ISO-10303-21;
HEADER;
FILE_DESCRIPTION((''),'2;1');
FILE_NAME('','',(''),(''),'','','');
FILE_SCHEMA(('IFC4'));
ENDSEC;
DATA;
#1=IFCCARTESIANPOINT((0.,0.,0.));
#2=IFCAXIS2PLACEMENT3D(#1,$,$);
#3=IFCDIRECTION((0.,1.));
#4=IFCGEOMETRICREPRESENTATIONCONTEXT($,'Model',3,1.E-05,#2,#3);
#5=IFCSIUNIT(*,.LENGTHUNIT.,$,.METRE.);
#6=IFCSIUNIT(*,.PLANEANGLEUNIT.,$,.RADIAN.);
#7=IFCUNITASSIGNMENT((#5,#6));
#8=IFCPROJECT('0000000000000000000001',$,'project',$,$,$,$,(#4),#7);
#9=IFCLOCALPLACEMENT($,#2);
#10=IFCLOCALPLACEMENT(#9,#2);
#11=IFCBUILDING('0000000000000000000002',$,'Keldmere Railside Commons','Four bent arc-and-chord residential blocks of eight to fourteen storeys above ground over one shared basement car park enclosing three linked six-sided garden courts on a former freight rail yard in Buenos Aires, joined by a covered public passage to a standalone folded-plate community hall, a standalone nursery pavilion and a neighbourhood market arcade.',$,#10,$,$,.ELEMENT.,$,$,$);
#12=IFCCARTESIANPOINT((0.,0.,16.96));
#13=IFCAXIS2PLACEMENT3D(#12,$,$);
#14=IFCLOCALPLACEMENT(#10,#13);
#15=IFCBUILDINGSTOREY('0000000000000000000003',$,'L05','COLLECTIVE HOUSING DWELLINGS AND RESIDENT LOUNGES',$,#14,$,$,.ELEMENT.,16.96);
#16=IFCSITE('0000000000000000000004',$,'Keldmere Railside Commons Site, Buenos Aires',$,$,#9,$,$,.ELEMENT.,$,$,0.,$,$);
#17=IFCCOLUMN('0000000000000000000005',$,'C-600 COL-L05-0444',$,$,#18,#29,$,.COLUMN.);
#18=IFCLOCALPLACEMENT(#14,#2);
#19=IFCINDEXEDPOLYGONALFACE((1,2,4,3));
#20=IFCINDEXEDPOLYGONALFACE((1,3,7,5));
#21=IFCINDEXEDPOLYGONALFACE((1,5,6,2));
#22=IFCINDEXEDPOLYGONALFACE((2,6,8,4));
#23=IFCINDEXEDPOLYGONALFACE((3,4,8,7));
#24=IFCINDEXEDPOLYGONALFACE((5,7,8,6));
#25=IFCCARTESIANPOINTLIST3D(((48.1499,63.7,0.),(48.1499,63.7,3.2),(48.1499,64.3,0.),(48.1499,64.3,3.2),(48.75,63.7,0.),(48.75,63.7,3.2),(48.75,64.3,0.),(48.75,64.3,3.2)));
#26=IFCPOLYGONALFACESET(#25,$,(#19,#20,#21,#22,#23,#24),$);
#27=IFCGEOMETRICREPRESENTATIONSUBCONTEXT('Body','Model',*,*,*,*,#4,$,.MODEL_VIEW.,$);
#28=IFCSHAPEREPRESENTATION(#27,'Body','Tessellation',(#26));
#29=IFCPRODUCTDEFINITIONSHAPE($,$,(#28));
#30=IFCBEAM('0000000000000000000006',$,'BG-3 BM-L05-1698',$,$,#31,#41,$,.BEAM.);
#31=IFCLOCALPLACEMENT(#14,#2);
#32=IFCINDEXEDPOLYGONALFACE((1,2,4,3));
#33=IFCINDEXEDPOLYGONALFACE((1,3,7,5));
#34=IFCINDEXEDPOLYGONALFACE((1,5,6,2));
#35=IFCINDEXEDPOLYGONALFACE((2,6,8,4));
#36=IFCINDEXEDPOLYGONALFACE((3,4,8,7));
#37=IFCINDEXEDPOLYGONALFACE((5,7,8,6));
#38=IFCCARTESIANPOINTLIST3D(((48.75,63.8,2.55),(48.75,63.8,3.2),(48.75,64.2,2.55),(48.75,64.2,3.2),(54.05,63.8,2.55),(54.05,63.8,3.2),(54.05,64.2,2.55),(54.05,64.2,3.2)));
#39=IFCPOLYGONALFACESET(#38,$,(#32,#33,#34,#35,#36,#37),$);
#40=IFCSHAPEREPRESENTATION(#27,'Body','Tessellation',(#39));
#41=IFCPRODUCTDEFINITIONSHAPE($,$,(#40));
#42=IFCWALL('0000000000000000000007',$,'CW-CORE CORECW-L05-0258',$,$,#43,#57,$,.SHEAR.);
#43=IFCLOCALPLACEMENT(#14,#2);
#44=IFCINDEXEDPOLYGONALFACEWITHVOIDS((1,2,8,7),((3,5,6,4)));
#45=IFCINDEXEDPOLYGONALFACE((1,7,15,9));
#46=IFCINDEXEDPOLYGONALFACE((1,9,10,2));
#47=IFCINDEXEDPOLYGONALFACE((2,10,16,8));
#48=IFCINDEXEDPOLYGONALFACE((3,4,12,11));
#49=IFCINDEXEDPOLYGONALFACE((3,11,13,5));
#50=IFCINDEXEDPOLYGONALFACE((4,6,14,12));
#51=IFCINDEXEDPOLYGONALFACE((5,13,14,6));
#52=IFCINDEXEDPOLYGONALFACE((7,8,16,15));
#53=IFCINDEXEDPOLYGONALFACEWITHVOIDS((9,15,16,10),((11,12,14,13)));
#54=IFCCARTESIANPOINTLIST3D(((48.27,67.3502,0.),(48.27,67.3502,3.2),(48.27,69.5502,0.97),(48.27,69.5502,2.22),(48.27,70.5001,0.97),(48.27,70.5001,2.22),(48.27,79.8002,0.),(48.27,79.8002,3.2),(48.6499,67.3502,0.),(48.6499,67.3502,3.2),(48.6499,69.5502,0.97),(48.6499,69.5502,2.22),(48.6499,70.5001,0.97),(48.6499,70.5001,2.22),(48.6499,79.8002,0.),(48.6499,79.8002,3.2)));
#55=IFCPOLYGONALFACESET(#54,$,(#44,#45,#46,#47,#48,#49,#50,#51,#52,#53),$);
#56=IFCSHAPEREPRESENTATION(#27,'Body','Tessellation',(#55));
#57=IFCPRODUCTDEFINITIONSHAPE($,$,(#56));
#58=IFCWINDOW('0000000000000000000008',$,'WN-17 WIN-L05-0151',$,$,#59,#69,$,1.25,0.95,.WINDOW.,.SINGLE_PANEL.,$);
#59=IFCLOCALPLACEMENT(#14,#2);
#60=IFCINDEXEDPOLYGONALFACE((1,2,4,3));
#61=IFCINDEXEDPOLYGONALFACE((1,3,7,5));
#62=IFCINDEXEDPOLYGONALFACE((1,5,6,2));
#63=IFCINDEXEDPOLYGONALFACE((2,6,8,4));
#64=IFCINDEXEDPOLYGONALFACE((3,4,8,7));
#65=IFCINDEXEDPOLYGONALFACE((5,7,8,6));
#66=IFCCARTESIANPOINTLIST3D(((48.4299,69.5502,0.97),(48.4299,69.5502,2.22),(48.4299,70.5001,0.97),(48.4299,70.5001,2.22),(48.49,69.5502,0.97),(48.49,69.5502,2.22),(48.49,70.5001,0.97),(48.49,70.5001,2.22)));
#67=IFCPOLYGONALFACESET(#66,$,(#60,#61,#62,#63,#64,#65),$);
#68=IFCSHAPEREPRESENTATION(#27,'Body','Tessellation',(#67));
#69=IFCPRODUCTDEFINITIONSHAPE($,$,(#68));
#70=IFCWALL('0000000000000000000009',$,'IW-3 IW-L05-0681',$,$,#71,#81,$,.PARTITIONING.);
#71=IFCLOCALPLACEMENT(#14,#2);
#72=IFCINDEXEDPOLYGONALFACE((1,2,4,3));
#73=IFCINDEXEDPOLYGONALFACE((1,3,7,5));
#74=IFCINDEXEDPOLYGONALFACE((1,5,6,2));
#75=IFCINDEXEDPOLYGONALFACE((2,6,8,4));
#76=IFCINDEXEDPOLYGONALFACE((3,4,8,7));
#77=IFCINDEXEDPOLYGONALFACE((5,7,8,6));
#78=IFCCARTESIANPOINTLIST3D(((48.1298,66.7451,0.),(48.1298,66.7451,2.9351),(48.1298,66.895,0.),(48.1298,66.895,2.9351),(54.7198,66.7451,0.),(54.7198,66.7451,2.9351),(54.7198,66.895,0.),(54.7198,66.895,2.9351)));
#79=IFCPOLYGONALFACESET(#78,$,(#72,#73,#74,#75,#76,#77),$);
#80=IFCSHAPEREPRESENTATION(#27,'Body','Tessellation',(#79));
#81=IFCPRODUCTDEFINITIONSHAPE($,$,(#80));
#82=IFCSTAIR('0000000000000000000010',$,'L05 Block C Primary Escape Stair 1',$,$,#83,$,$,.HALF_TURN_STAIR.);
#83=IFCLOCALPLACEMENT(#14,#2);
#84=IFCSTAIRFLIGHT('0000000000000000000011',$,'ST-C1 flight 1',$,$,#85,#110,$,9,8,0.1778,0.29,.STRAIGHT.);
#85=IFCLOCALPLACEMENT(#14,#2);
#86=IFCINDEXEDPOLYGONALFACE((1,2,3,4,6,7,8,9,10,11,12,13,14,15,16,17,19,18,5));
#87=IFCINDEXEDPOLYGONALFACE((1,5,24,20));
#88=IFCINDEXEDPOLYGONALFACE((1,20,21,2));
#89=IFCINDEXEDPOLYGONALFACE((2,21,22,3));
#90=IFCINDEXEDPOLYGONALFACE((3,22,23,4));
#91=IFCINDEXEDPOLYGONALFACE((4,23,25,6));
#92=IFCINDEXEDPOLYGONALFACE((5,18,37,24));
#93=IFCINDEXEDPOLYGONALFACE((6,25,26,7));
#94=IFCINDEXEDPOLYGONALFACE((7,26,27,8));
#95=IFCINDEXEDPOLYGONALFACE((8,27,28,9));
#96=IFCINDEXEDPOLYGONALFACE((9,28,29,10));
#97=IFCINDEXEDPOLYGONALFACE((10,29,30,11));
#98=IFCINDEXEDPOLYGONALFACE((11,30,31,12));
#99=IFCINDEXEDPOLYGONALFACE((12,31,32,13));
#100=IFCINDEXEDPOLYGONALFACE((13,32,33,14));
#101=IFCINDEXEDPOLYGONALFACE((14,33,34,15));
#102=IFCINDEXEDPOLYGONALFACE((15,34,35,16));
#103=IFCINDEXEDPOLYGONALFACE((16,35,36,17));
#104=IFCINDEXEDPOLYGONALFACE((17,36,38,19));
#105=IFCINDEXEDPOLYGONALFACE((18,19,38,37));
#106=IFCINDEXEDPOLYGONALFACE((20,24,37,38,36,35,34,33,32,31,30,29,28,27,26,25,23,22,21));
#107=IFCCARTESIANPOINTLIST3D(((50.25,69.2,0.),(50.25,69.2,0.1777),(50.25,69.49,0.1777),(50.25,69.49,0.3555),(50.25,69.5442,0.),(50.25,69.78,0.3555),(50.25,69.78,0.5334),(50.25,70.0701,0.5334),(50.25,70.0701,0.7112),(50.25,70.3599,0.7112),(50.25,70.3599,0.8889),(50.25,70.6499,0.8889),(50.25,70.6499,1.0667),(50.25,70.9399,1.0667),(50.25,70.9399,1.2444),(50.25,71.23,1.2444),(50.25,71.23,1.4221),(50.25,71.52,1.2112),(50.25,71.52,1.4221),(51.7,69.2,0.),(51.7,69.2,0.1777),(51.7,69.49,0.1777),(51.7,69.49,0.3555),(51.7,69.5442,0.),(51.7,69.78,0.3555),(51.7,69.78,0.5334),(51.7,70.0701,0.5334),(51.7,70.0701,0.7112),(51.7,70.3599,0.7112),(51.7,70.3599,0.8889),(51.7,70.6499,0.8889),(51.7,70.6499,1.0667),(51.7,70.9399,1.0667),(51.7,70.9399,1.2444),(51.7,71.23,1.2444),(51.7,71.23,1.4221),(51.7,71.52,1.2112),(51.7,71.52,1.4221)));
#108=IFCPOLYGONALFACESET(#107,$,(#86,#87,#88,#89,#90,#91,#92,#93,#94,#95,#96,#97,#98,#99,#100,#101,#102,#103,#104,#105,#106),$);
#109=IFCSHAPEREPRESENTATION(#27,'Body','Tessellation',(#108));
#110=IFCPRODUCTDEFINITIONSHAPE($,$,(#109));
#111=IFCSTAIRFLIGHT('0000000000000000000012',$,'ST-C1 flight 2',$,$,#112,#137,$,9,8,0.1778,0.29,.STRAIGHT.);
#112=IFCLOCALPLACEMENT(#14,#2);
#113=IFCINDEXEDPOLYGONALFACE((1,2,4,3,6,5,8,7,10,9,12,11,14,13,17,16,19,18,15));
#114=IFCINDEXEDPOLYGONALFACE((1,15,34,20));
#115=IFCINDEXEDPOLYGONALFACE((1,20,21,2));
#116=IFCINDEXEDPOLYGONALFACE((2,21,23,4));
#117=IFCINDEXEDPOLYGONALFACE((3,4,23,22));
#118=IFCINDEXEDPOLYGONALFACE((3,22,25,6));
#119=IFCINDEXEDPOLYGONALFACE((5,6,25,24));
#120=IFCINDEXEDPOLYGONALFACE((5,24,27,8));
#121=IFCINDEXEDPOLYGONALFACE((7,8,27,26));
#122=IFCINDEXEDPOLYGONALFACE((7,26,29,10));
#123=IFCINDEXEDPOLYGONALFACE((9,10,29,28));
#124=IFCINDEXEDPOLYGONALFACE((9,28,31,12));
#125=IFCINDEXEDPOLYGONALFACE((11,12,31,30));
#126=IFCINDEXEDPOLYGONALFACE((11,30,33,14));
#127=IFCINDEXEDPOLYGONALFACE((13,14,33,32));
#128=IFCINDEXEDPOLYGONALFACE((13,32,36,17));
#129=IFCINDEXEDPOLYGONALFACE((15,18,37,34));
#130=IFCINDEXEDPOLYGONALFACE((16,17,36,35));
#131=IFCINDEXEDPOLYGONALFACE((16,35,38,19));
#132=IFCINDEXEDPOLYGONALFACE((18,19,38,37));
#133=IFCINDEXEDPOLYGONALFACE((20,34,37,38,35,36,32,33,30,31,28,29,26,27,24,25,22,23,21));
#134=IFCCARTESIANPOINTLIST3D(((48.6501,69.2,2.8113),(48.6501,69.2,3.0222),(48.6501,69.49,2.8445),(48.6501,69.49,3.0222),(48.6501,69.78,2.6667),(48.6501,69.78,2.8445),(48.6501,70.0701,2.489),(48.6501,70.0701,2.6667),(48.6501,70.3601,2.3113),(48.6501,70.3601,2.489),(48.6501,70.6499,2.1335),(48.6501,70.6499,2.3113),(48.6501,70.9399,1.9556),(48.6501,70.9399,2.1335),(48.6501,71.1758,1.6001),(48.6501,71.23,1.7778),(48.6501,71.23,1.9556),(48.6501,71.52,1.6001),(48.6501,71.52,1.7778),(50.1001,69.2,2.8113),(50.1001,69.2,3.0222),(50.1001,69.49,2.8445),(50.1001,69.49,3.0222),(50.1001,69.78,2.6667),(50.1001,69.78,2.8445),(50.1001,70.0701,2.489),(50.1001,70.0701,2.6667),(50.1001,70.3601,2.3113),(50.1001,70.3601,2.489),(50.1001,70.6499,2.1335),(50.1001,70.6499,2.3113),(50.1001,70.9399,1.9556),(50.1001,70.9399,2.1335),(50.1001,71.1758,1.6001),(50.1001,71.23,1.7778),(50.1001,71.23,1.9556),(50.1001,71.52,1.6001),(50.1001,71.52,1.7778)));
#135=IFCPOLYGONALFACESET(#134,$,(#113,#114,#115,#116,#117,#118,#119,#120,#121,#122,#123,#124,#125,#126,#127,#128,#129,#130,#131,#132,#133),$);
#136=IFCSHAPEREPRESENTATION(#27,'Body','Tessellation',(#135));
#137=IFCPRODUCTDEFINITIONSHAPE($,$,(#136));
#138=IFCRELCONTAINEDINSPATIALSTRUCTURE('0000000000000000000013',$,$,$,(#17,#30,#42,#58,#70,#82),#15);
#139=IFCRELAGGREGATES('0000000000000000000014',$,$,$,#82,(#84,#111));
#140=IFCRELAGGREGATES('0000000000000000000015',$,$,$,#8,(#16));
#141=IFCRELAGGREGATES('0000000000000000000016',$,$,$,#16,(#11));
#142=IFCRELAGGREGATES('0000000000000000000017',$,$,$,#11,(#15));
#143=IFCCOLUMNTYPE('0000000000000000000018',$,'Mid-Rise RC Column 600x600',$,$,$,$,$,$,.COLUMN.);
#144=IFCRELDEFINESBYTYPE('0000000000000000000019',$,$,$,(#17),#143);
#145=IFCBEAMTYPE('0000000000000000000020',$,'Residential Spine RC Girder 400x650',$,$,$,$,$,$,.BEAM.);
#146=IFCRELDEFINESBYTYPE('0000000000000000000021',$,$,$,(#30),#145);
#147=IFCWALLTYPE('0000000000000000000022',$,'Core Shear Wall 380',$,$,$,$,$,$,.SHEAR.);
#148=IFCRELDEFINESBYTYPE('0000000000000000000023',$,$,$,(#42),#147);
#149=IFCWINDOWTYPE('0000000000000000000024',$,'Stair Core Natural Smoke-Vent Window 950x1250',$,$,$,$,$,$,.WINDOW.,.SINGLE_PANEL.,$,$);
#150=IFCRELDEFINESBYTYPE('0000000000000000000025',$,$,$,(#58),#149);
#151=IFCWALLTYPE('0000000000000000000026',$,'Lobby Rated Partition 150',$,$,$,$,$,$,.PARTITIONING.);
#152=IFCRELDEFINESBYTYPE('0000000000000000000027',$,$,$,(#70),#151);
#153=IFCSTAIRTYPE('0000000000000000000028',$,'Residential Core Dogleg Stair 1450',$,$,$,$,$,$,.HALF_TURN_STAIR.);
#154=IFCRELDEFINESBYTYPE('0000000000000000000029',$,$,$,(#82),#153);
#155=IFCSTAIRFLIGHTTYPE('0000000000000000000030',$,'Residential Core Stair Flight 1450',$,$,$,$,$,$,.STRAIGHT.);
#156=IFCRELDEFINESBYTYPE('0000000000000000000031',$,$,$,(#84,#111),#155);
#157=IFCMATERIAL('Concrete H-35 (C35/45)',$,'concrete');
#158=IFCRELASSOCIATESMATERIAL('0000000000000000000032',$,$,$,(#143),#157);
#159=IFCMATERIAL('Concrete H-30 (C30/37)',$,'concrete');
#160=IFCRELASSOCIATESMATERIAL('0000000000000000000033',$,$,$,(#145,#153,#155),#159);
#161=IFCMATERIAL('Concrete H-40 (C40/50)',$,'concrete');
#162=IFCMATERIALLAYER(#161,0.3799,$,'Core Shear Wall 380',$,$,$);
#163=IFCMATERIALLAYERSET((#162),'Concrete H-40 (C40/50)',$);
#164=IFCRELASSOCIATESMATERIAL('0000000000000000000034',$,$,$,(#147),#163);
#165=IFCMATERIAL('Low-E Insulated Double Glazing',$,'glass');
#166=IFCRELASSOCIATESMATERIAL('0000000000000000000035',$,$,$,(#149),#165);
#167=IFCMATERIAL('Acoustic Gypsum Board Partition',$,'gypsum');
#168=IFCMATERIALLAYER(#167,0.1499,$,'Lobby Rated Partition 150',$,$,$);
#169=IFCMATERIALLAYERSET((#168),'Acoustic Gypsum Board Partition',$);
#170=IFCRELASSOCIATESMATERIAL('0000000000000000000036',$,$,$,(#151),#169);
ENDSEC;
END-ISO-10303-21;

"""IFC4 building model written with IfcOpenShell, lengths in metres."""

from ifc_helpers import new_model, si_unit, direction, frame, frame_2d, origin, origin_2d, place, context, subcontext, project, spatial, polyline, rectangle, outline, extrude, material, layer, layer_set, material_profile, profile_set, type_object, element, fill, aggregate, save


model = new_model("IFC4")

# Units and contexts
model_context = context("Model", 3, precision=1e-05, world=origin(), true_north=direction((0.0, 1.0)))
body_context = subcontext(model_context, "Body", "Model", "MODEL_VIEW")
ifc_project = project(units=[si_unit("LENGTHUNIT", "METRE"), si_unit("PLANEANGLEUNIT", "RADIAN")], contexts=[model_context])

# Site, building, storey
site_placement = place(None, origin())
site = spatial("IfcSite", under=ifc_project, at=site_placement, Name="Keldmere Railside Commons Site, Buenos Aires", CompositionType="ELEMENT", RefElevation=0.0)
building_placement = place(site_placement, origin())
building = spatial("IfcBuilding", under=site, at=building_placement, Name="Keldmere Railside Commons", Description="Four bent arc-and-chord residential blocks of eight to fourteen storeys above ground over one shared basement car park enclosing three linked six-sided garden courts on a former freight rail yard in Buenos Aires, joined by a covered public passage to a standalone folded-plate community hall, a standalone nursery pavilion and a neighbourhood market arcade.", CompositionType="ELEMENT")
storey_placement = place(building_placement, frame((0.0, 0.0, 16.96)))
storey = spatial("IfcBuildingStorey", under=building, at=storey_placement, Name="L05", Description="COLLECTIVE HOUSING DWELLINGS AND RESIDENT LOUNGES", CompositionType="ELEMENT", Elevation=16.96)

# Column
ifc_material_1 = material(Name="Concrete H-35 (C35/45)", Category="concrete")
ifc_material_profile_1 = material_profile(ifc_material_1, rectangle(XDim=0.6001, YDim=0.6001, at=origin_2d()), Name="RC-600x600")
ifc_profile_set_1 = profile_set([ifc_material_profile_1], Name="Concrete H-35 (C35/45)")
column_type = type_object("IfcColumnType", Name="Mid-Rise RC Column 600x600", PredefinedType="COLUMN", material=ifc_profile_set_1)
column_placement = place(storey_placement, frame((48.45, 64.0, 0.0), z_axis=(0.0, 0.0, 1.0), x_axis=(1.0, 0.0, 0.0)))
element("IfcColumn", 1, at=column_placement, inside=storey, type_object=column_type, Name="C-600 COL-L05-0444", PredefinedType="COLUMN", context=body_context, shape_type="SweptSolid", body=[
    extrude(rectangle(XDim=0.6001, YDim=0.6001, at=origin_2d()), origin(), (0.0, 0.0, 1.0), 3.2),
])

# Beam
ifc_material_2 = material(Name="Concrete H-30 (C30/37)", Category="concrete")
ifc_material_profile_2 = material_profile(ifc_material_2, rectangle(XDim=0.3999, YDim=0.6499, at=origin_2d()), Name="RC-400x650")
ifc_profile_set_2 = profile_set([ifc_material_profile_2], Name="Concrete H-30 (C30/37)")
beam_type = type_object("IfcBeamType", Name="Residential Spine RC Girder 400x650", PredefinedType="BEAM", material=ifc_profile_set_2)
beam_placement = place(storey_placement, frame((48.75, 64.0, 2.875), z_axis=(1.0, 0.0, 0.0), x_axis=(0.0, 1.0, 0.0)))
element("IfcBeam", 2, at=beam_placement, inside=storey, type_object=beam_type, Name="BG-3 BM-L05-1698", PredefinedType="BEAM", context=body_context, shape_type="SweptSolid", body=[
    extrude(rectangle(XDim=0.3999, YDim=0.6499, at=origin_2d()), origin(), (0.0, 0.0, 1.0), 5.3),
])

# Wall, opening, window
ifc_material_3 = material(Name="Concrete H-40 (C40/50)", Category="concrete")
ifc_layer_1 = layer(ifc_material_3, 0.3799, Name="Core Shear Wall 380")
ifc_layer_set_1 = layer_set([ifc_layer_1], Name="Concrete H-40 (C40/50)")
wall_type_1 = type_object("IfcWallType", Name="Core Shear Wall 380", PredefinedType="SHEAR", material=ifc_layer_set_1)
wall_1_placement = place(storey_placement, frame((48.46, 67.3501, 0.0), z_axis=(0.0, 0.0, 1.0), x_axis=(0.0, 1.0, 0.0)))
wall_1 = element("IfcWall", 3, at=wall_1_placement, inside=storey, type_object=wall_type_1, Name="CW-CORE CORECW-L05-0258", PredefinedType="SHEAR", context=body_context, shape_type="SweptSolid", body=[
    extrude(rectangle(XDim=12.45, YDim=0.3799, at=frame_2d((6.2251, 0.0))), origin(), (0.0, 0.0, 1.0), 3.2),
])
opening_placement = place(wall_1_placement, frame((2.2, 0.0, 0.97)))
opening = element("IfcOpeningElement", 4, at=opening_placement, cuts=wall_1, PredefinedType="OPENING", context=body_context, shape_type="SweptSolid", body=[
    extrude(rectangle(XDim=0.95, YDim=1.25, at=frame_2d((0.4751, 0.625))), frame((0.0, 0.2, 0.0), z_axis=(0.0, -1.0, 0.0), x_axis=(1.0, 0.0, 0.0)), (0.0, 0.0, 1.0), 0.3999),
])
ifc_material_4 = material(Name="Low-E Insulated Double Glazing", Category="glass")
window_type = type_object("IfcWindowType", Name="Stair Core Natural Smoke-Vent Window 950x1250", PartitioningType="SINGLE_PANEL", PredefinedType="WINDOW", material=ifc_material_4)
window_placement = place(opening_placement, origin())
window = element("IfcWindow", 5, at=window_placement, inside=storey, type_object=window_type, Name="WN-17 WIN-L05-0151", OverallHeight=1.25, OverallWidth=0.95, PartitioningType="SINGLE_PANEL", PredefinedType="WINDOW", context=body_context, shape_type="SweptSolid", body=[
    extrude(rectangle(XDim=0.95, YDim=1.25, at=frame_2d((0.4751, 0.625))), frame((0.0, 0.03, 0.0), z_axis=(0.0, -1.0, 0.0), x_axis=(1.0, 0.0, 0.0)), (0.0, 0.0, 1.0), 0.0601),
])
fill(opening, window)

# Wall
ifc_material_5 = material(Name="Acoustic Gypsum Board Partition", Category="gypsum")
ifc_layer_2 = layer(ifc_material_5, 0.1499, Name="Lobby Rated Partition 150")
ifc_layer_set_2 = layer_set([ifc_layer_2], Name="Acoustic Gypsum Board Partition")
wall_type_2 = type_object("IfcWallType", Name="Lobby Rated Partition 150", PredefinedType="PARTITIONING", material=ifc_layer_set_2)
wall_2_placement = place(storey_placement, frame((48.1299, 66.8201, 0.0), z_axis=(0.0, 0.0, 1.0), x_axis=(1.0, 0.0, 0.0)))
element("IfcWall", 6, at=wall_2_placement, inside=storey, type_object=wall_type_2, Name="IW-3 IW-L05-0681", PredefinedType="PARTITIONING", context=body_context, shape_type="SweptSolid", body=[
    extrude(rectangle(XDim=6.5901, YDim=0.1499, at=frame_2d((3.2949, 0.0))), origin(), (0.0, 0.0, 1.0), 2.9351),
])

# Stair, stair flights
stair_type = type_object("IfcStairType", Name="Residential Core Dogleg Stair 1450", PredefinedType="HALF_TURN_STAIR", material=ifc_material_2)
stair_placement = place(storey_placement, origin())
stair = element("IfcStair", 7, at=stair_placement, inside=storey, type_object=stair_type, Name="L05 Block C Primary Escape Stair 1", PredefinedType="HALF_TURN_STAIR")
stair_flight_type = type_object("IfcStairFlightType", Name="Residential Core Stair Flight 1450", PredefinedType="STRAIGHT", material=ifc_material_2)
stair_flight_1_placement = place(storey_placement, frame((50.9751, 69.2, 0.0), z_axis=(0.0, 0.0, 1.0), x_axis=(0.0, 1.0, 0.0)))
stair_flight_1 = element("IfcStairFlight", 8, at=stair_flight_1_placement, type_object=stair_flight_type, Name="ST-C1 flight 1", NumberOfRisers=9, NumberOfTreads=8, PredefinedType="STRAIGHT", RiserHeight=0.1778, TreadLength=0.29, context=body_context, shape_type="SweptSolid", body=[
    extrude(outline(polyline([(0.0, 0.0), (0.0, 0.1777), (0.29, 0.1777), (0.29, 0.3555), (0.5801, 0.3555), (0.5801, 0.5334), (0.8701, 0.5334), (0.8701, 0.7112), (1.1599, 0.7112), (1.1599, 0.8889), (1.45, 0.8889), (1.45, 1.0667), (1.74, 1.0667), (1.74, 1.2444), (2.03, 1.2444), (2.03, 1.4221), (2.3201, 1.4221), (2.3201, 1.6001), (2.3201, 1.2112), (0.3442, 0.0), (0.0, 0.0)])), frame((0.0, 0.7251, 0.0), z_axis=(0.0, -1.0, 0.0), x_axis=(1.0, 0.0, 0.0)), (0.0, 0.0, 1.0), 1.45),
])
stair_flight_2_placement = place(storey_placement, frame((49.375, 71.52, 1.6001), z_axis=(0.0, 0.0, 1.0), x_axis=(0.0, -1.0, 0.0)))
stair_flight_2 = element("IfcStairFlight", 9, at=stair_flight_2_placement, type_object=stair_flight_type, Name="ST-C1 flight 2", NumberOfRisers=9, NumberOfTreads=8, PredefinedType="STRAIGHT", RiserHeight=0.1778, TreadLength=0.29, context=body_context, shape_type="SweptSolid", body=[
    extrude(outline(polyline([(0.0, 0.0), (0.0, 0.1777), (0.29, 0.1777), (0.29, 0.3555), (0.5801, 0.3555), (0.5801, 0.5334), (0.8701, 0.5334), (0.8701, 0.7112), (1.1599, 0.7112), (1.1599, 0.8889), (1.45, 0.8889), (1.45, 1.0667), (1.74, 1.0667), (1.74, 1.2444), (2.03, 1.2444), (2.03, 1.4221), (2.3201, 1.4221), (2.3201, 1.6001), (2.3201, 1.2112), (0.3442, 0.0), (0.0, 0.0)])), frame((0.0, 0.7251, 0.0), z_axis=(0.0, -1.0, 0.0), x_axis=(1.0, 0.0, 0.0)), (0.0, 0.0, 1.0), 1.45),
])
aggregate(stair, [stair_flight_1, stair_flight_2])

save(model, "model.ifc")
